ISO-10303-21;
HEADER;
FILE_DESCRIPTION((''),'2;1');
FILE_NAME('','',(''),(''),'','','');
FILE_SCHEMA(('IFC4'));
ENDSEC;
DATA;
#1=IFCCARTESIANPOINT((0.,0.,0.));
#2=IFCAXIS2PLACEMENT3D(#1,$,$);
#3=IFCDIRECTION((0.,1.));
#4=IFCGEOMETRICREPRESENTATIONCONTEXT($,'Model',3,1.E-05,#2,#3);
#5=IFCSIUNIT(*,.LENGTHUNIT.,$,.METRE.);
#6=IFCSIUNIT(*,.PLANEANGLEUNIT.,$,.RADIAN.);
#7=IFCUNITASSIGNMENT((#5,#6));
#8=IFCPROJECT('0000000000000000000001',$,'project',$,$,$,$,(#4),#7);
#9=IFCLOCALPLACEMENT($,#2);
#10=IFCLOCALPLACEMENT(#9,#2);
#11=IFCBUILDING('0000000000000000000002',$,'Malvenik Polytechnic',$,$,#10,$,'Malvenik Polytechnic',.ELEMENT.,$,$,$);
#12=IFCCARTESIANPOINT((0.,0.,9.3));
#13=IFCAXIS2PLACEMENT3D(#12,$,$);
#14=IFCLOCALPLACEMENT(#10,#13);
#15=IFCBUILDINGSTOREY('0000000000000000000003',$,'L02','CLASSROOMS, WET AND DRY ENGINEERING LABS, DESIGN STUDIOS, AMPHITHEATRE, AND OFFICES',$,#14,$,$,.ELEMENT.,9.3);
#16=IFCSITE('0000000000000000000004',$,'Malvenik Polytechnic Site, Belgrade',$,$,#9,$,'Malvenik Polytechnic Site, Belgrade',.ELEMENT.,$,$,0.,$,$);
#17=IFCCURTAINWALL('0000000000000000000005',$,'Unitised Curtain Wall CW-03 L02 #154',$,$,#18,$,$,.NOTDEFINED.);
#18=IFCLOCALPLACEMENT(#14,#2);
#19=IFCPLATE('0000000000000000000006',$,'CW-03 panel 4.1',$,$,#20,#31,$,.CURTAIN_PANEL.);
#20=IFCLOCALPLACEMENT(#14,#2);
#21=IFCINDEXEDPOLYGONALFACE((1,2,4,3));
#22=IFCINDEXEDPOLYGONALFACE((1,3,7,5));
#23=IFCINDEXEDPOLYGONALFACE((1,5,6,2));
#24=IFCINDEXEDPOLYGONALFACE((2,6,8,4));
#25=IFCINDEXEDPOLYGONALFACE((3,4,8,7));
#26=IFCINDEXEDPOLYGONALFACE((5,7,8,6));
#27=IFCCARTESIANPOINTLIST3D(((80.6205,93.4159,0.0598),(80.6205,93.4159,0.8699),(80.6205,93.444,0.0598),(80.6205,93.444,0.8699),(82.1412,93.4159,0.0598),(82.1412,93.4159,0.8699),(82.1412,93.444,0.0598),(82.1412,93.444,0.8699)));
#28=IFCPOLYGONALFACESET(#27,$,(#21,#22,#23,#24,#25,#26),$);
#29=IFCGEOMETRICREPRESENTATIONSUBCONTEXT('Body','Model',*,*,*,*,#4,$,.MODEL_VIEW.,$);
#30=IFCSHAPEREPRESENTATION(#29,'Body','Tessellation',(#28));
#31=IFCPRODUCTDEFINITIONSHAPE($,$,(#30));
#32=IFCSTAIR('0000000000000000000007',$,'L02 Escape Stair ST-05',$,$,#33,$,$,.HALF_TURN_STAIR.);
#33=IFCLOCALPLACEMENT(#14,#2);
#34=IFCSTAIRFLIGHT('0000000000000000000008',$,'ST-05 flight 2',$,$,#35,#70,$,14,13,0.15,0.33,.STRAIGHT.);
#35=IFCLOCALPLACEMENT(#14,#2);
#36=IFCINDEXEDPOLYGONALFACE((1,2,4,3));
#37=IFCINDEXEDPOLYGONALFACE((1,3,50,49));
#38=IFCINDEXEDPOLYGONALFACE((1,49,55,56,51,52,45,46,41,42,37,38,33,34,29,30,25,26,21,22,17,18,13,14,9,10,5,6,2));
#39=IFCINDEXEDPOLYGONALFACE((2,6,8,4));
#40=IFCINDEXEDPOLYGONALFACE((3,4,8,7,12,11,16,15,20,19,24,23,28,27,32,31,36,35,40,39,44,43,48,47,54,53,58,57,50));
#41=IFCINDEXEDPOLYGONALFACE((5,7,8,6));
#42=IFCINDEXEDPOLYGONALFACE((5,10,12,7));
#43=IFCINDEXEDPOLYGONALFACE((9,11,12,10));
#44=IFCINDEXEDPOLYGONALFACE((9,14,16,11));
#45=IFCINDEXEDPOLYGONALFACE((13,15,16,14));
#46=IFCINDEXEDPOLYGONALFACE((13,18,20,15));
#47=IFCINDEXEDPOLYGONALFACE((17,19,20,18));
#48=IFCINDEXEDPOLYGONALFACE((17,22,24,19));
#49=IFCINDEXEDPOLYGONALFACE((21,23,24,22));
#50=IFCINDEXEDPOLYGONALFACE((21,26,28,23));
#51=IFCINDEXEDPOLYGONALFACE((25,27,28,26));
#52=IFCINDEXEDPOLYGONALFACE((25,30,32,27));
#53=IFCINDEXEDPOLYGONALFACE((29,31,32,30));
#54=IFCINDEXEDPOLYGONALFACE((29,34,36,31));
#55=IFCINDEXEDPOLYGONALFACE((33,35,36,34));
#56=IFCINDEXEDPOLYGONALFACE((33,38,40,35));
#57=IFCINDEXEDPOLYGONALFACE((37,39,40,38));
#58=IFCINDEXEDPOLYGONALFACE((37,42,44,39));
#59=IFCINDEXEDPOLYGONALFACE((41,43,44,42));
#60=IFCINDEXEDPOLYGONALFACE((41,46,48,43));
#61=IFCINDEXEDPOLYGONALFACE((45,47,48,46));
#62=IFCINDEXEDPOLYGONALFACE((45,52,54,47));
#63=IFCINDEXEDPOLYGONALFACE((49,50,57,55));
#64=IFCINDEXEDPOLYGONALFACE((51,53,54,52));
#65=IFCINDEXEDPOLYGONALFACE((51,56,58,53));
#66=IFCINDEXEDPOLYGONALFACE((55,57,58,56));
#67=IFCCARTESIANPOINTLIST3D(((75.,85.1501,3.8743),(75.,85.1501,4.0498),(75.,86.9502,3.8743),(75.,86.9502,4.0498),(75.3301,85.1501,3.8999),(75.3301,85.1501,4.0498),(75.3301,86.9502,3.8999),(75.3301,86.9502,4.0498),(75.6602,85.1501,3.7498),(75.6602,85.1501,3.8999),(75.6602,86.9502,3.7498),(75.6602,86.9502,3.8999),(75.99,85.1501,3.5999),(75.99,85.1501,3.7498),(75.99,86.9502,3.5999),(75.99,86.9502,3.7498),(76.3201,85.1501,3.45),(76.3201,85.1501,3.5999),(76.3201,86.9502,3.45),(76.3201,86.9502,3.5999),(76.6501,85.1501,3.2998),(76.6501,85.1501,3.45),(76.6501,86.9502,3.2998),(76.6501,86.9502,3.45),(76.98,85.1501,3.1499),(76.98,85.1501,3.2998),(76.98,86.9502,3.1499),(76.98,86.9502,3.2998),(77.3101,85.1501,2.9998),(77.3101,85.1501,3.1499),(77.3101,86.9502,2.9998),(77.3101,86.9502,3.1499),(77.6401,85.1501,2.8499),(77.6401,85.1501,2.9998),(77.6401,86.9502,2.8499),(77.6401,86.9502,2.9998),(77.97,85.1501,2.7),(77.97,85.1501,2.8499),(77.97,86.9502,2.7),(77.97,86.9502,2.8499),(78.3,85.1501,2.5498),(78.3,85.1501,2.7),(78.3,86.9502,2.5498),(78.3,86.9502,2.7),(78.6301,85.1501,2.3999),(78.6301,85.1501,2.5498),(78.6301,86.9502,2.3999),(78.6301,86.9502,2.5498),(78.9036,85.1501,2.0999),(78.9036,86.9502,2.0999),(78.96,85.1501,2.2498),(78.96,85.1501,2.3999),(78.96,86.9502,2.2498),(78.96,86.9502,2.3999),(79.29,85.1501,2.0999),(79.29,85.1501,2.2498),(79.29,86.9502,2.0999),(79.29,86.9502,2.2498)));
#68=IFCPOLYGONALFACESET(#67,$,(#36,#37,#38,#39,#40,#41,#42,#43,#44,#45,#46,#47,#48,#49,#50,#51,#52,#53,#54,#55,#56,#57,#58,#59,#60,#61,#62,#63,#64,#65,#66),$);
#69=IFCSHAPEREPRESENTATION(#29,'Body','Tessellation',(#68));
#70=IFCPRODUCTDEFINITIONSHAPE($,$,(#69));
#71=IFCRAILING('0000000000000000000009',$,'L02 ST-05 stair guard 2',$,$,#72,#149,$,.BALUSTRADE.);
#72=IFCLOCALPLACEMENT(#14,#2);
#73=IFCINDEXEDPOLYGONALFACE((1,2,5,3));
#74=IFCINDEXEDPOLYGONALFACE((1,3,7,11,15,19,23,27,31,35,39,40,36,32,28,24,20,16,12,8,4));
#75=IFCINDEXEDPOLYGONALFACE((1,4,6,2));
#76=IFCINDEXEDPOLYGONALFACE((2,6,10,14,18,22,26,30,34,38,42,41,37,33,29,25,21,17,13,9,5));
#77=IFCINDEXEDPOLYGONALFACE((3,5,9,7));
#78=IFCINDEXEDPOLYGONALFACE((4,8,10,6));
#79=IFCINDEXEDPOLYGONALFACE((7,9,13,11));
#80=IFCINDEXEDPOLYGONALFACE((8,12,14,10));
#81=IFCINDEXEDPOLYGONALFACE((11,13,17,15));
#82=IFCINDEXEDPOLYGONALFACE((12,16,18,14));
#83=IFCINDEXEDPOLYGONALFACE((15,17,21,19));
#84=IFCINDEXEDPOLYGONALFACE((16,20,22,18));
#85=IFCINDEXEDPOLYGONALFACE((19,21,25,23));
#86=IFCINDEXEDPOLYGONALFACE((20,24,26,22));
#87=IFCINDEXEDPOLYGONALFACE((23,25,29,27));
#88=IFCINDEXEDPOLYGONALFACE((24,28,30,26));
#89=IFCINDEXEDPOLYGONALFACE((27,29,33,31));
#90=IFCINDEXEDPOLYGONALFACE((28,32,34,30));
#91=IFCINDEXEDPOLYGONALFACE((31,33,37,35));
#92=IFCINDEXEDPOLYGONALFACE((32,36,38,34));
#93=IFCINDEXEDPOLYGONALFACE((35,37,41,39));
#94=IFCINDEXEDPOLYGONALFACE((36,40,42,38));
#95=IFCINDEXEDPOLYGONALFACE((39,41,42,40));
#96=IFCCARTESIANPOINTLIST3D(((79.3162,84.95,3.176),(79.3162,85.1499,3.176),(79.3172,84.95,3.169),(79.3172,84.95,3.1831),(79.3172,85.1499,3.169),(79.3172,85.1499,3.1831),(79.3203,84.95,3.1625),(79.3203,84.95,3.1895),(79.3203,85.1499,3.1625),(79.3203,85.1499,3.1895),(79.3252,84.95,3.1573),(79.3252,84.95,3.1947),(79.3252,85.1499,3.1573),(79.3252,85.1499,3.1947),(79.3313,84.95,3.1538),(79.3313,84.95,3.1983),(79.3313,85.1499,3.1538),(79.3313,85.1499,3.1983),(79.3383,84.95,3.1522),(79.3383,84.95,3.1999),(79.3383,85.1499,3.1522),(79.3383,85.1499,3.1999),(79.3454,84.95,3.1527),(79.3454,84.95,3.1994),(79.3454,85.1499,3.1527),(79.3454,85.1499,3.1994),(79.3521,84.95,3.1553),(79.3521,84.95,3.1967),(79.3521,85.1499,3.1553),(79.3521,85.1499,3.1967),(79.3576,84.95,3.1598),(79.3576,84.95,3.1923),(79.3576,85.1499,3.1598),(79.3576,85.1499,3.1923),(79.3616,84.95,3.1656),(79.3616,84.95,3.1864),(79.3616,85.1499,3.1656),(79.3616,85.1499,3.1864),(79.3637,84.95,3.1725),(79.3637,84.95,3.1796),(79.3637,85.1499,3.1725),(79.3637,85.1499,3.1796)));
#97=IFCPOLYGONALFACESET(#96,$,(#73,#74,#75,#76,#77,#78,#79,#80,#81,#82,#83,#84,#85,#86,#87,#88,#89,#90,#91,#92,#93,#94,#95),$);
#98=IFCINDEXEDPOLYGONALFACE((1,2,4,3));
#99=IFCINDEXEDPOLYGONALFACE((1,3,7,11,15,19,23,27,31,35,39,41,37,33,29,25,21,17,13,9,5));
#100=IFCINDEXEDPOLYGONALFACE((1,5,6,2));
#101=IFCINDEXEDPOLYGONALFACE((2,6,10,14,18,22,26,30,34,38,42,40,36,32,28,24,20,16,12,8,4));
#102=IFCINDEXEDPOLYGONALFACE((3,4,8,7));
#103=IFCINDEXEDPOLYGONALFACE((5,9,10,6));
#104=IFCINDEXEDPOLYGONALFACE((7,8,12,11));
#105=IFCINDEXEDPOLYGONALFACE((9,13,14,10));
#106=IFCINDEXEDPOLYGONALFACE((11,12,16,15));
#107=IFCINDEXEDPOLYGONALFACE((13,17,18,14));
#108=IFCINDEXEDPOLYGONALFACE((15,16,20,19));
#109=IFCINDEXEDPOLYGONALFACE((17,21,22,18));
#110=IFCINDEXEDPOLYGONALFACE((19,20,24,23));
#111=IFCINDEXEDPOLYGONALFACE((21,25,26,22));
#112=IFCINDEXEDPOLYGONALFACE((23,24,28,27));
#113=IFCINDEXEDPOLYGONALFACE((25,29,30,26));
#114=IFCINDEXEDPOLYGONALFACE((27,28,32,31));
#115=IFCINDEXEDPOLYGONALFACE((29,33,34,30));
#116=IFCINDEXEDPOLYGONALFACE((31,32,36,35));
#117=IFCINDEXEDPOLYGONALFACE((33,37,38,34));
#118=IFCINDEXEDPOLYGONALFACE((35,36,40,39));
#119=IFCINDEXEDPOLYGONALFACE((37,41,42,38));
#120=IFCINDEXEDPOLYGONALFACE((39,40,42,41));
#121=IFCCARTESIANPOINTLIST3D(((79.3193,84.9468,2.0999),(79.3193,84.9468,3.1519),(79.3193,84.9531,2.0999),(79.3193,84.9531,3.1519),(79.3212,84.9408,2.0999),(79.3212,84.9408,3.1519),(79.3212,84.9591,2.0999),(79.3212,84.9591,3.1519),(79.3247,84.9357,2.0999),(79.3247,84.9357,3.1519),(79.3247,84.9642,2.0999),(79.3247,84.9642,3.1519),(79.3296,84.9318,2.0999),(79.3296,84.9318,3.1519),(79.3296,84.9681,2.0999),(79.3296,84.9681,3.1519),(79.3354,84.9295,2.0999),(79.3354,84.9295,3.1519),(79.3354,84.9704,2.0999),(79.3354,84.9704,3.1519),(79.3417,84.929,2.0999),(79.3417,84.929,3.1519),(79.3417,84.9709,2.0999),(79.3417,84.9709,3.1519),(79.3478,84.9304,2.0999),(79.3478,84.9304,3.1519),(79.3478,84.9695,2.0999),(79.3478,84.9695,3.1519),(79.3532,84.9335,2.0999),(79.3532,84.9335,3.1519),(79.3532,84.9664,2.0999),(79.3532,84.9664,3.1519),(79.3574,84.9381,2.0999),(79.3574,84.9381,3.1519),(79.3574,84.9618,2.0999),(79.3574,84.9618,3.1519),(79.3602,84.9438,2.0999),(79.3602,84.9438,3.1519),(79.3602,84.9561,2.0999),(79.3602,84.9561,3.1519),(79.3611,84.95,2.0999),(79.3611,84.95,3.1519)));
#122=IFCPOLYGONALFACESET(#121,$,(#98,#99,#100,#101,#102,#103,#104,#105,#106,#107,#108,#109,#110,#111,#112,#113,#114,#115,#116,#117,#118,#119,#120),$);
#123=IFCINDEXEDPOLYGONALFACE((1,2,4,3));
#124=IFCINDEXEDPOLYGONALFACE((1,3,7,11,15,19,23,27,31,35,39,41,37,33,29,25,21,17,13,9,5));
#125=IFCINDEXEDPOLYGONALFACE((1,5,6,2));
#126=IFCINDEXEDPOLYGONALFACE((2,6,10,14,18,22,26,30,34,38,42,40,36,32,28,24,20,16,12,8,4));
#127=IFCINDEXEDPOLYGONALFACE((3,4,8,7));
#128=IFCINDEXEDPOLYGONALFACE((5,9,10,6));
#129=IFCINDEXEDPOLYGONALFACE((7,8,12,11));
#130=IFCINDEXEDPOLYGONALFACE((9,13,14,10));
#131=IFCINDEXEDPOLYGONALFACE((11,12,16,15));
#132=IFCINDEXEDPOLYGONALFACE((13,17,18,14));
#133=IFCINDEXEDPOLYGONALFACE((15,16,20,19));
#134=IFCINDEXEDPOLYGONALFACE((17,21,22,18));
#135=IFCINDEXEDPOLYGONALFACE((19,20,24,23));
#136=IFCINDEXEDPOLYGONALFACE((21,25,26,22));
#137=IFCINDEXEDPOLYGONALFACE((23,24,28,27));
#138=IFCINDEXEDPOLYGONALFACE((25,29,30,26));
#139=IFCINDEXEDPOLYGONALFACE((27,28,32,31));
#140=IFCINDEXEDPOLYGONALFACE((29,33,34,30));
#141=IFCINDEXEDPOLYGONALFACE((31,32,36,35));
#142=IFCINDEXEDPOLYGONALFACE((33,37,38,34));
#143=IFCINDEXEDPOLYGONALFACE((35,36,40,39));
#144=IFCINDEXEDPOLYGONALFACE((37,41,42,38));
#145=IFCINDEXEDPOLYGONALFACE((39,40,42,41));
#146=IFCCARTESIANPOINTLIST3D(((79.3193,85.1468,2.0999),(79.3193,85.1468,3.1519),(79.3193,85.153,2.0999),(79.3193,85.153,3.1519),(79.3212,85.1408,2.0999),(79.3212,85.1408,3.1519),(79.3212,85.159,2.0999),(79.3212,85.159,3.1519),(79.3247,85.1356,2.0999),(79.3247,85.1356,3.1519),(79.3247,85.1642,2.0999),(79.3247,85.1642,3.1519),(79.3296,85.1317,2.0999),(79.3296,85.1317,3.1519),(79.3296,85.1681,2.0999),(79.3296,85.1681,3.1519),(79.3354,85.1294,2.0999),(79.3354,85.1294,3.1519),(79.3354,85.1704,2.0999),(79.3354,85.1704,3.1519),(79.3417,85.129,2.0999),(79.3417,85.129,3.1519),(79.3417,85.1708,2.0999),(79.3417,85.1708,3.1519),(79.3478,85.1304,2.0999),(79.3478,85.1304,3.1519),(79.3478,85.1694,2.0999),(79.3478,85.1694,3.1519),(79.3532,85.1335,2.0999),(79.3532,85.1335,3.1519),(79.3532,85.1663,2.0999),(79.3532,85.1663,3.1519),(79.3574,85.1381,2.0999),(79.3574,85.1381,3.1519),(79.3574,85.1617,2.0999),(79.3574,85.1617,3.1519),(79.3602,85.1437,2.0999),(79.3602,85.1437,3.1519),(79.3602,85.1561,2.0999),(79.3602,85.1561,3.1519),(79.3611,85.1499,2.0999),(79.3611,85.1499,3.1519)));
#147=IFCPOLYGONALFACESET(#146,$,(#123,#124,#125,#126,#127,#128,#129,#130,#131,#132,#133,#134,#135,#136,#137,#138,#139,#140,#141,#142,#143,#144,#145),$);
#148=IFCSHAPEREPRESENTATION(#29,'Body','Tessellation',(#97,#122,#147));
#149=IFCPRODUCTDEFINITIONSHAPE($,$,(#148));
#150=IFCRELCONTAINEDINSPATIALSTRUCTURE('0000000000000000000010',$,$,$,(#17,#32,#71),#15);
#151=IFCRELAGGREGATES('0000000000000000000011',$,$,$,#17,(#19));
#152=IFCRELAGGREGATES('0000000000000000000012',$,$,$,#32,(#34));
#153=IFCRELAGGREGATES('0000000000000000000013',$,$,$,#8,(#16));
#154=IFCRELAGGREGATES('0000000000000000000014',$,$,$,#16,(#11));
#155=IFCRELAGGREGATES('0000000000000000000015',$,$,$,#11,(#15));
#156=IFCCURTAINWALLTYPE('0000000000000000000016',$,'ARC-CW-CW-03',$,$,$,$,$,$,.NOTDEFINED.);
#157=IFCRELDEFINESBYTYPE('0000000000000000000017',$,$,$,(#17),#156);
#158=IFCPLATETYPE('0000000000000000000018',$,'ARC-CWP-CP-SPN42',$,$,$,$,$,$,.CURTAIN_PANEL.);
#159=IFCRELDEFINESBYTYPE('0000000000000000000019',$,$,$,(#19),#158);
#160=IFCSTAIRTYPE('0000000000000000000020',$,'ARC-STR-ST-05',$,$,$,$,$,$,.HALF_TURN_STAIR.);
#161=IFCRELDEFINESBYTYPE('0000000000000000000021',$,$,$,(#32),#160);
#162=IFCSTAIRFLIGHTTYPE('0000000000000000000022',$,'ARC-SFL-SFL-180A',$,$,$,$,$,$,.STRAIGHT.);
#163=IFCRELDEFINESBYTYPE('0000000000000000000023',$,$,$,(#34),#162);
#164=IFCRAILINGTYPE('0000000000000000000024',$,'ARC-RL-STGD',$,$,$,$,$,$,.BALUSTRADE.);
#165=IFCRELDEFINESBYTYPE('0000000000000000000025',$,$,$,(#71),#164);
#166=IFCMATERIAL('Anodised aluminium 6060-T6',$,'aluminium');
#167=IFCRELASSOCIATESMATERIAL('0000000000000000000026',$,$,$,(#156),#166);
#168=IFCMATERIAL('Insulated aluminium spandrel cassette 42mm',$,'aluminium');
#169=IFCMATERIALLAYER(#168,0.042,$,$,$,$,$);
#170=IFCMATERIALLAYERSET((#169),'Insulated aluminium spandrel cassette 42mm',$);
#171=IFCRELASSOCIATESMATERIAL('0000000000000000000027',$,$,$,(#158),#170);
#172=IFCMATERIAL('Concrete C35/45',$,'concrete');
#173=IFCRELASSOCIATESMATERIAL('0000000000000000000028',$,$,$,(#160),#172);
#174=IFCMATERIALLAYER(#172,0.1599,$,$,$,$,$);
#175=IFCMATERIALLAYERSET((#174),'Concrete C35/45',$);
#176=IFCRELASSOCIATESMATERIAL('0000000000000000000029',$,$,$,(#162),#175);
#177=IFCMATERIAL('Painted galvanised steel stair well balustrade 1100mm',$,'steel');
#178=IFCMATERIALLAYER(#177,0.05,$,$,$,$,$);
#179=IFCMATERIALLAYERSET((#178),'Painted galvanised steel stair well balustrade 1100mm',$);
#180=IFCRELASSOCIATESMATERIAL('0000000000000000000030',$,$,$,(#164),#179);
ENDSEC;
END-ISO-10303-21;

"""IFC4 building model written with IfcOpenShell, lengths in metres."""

from ifc_helpers import new_model, si_unit, direction, frame, origin, origin_2d, place, context, subcontext, project, spatial, polyline, rectangle, circle, outline, extrude, material, layer, layer_set, type_object, element, aggregate, save


model = new_model("IFC4")

# Units and contexts
model_context = context("Model", 3, precision=1e-05, world=origin(), true_north=direction((0.0, 1.0)))
body_context = subcontext(model_context, "Body", "Model", "MODEL_VIEW")
ifc_project = project(units=[si_unit("LENGTHUNIT", "METRE"), si_unit("PLANEANGLEUNIT", "RADIAN")], contexts=[model_context])

# Site, building, storey
site_placement = place(None, origin())
site = spatial("IfcSite", under=ifc_project, at=site_placement, Name="Malvenik Polytechnic Site, Belgrade", LongName="Malvenik Polytechnic Site, Belgrade", CompositionType="ELEMENT", RefElevation=0.0)
building_placement = place(site_placement, origin())
building = spatial("IfcBuilding", under=site, at=building_placement, Name="Malvenik Polytechnic", LongName="Malvenik Polytechnic", CompositionType="ELEMENT")
storey_placement = place(building_placement, frame((0.0, 0.0, 9.3)))
storey = spatial("IfcBuildingStorey", under=building, at=storey_placement, Name="L02", Description="CLASSROOMS, WET AND DRY ENGINEERING LABS, DESIGN STUDIOS, AMPHITHEATRE, AND OFFICES", CompositionType="ELEMENT", Elevation=9.3)

# Curtain wall, plate
ifc_material_1 = material(Name="Anodised aluminium 6060-T6", Category="aluminium")
curtain_wall_type = type_object("IfcCurtainWallType", Name="ARC-CW-CW-03", PredefinedType="NOTDEFINED", material=ifc_material_1)
curtain_wall_placement = place(storey_placement, origin())
curtain_wall = element("IfcCurtainWall", 1, at=curtain_wall_placement, inside=storey, type_object=curtain_wall_type, Name="Unitised Curtain Wall CW-03 L02 #154", PredefinedType="NOTDEFINED")
ifc_material_2 = material(Name="Insulated aluminium spandrel cassette 42mm", Category="aluminium")
ifc_layer_1 = layer(ifc_material_2, 0.042)
ifc_layer_set_1 = layer_set([ifc_layer_1], Name="Insulated aluminium spandrel cassette 42mm")
plate_type_1 = type_object("IfcPlateType", Name="ARC-CWP-CP-SPN42", PredefinedType="CURTAIN_PANEL", material=ifc_layer_set_1)
plate_1_placement = place(storey_placement, frame((81.3809, 93.4299, 0.0598), z_axis=(0.0, 0.0, 1.0), x_axis=(1.0, 0.0, 0.0)))
plate_1 = element("IfcPlate", 2, at=plate_1_placement, type_object=plate_type_1, Name="CW-03 panel 4.1", PredefinedType="CURTAIN_PANEL", context=body_context, shape_type="SweptSolid", body=[
    extrude(rectangle(XDim=1.5208, YDim=0.0281, at=origin_2d()), origin(), (0.0, 0.0, 1.0), 0.8101),
])
aggregate(curtain_wall, [plate_1])

# Stair, stair flight
ifc_material_3 = material(Name="Concrete C35/45", Category="concrete")
stair_type = type_object("IfcStairType", Name="ARC-STR-ST-05", PredefinedType="HALF_TURN_STAIR", material=ifc_material_3)
stair_placement = place(storey_placement, origin())
stair = element("IfcStair", 3, at=stair_placement, inside=storey, type_object=stair_type, Name="L02 Escape Stair ST-05", PredefinedType="HALF_TURN_STAIR")
ifc_layer_2 = layer(ifc_material_3, 0.1599)
ifc_layer_set_2 = layer_set([ifc_layer_2], Name="Concrete C35/45")
stair_flight_type = type_object("IfcStairFlightType", Name="ARC-SFL-SFL-180A", PredefinedType="STRAIGHT", material=ifc_layer_set_2)
stair_flight_placement = place(storey_placement, frame((79.29, 86.05, 2.0999), z_axis=(0.0, 0.0, 1.0), x_axis=(-1.0, 0.0, 0.0)))
stair_flight = element("IfcStairFlight", 4, at=stair_flight_placement, type_object=stair_flight_type, Name="ST-05 flight 2", NumberOfRisers=14, NumberOfTreads=13, PredefinedType="STRAIGHT", RiserHeight=0.15, TreadLength=0.33, context=body_context, shape_type="SweptSolid", body=[
    extrude(outline(polyline([(0.0, 0.0), (0.0, 0.1499), (0.3301, 0.1499), (0.3301, 0.3), (0.6599, 0.3), (0.6599, 0.45), (0.99, 0.45), (0.99, 0.6001), (1.3201, 0.6001), (1.3201, 0.75), (1.6499, 0.75), (1.6499, 0.8999), (1.98, 0.8999), (1.98, 1.05), (2.3101, 1.05), (2.3101, 1.2), (2.6399, 1.2), (2.6399, 1.3501), (2.97, 1.3501), (2.97, 1.5), (3.3, 1.5), (3.3, 1.6499), (3.6299, 1.6499), (3.6299, 1.8), (3.96, 1.8), (3.96, 1.95), (4.29, 1.95), (4.29, 2.1001), (4.29, 1.7744), (0.3865, 0.0), (0.0, 0.0)])), frame((0.0, 0.8999, 0.0), z_axis=(0.0, -1.0, 0.0), x_axis=(1.0, 0.0, 0.0)), (0.0, 0.0, 1.0), 1.8),
])
aggregate(stair, [stair_flight])

# Railing
ifc_material_4 = material(Name="Painted galvanised steel stair well balustrade 1100mm", Category="steel")
ifc_layer_3 = layer(ifc_material_4, 0.05)
ifc_layer_set_3 = layer_set([ifc_layer_3], Name="Painted galvanised steel stair well balustrade 1100mm")
railing_type_1 = type_object("IfcRailingType", Name="ARC-RL-STGD", PredefinedType="BALUSTRADE", material=ifc_layer_set_3)
railing_1_placement = place(storey_placement, frame((79.3401, 84.95, 2.0999)))
element("IfcRailing", 5, at=railing_1_placement, inside=storey, type_object=railing_type_1, Name="L02 ST-05 stair guard 2", PredefinedType="BALUSTRADE", context=body_context, shape_type="SweptSolid", body=[
    extrude(circle(Radius=0.0239, at=origin_2d()), frame((0.0, 0.0, 1.0762), z_axis=(0.0, 1.0, 0.0), x_axis=(-1.0, 0.0, 0.0)), (0.0, 0.0, 1.0), 0.2),
    extrude(circle(Radius=0.021, at=origin_2d()), origin(), (0.0, 0.0, 1.0), 1.052),
    extrude(circle(Radius=0.021, at=origin_2d()), frame((0.0, 0.2, 0.0)), (0.0, 0.0, 1.0), 1.052),
])

save(model, "model.ifc")
